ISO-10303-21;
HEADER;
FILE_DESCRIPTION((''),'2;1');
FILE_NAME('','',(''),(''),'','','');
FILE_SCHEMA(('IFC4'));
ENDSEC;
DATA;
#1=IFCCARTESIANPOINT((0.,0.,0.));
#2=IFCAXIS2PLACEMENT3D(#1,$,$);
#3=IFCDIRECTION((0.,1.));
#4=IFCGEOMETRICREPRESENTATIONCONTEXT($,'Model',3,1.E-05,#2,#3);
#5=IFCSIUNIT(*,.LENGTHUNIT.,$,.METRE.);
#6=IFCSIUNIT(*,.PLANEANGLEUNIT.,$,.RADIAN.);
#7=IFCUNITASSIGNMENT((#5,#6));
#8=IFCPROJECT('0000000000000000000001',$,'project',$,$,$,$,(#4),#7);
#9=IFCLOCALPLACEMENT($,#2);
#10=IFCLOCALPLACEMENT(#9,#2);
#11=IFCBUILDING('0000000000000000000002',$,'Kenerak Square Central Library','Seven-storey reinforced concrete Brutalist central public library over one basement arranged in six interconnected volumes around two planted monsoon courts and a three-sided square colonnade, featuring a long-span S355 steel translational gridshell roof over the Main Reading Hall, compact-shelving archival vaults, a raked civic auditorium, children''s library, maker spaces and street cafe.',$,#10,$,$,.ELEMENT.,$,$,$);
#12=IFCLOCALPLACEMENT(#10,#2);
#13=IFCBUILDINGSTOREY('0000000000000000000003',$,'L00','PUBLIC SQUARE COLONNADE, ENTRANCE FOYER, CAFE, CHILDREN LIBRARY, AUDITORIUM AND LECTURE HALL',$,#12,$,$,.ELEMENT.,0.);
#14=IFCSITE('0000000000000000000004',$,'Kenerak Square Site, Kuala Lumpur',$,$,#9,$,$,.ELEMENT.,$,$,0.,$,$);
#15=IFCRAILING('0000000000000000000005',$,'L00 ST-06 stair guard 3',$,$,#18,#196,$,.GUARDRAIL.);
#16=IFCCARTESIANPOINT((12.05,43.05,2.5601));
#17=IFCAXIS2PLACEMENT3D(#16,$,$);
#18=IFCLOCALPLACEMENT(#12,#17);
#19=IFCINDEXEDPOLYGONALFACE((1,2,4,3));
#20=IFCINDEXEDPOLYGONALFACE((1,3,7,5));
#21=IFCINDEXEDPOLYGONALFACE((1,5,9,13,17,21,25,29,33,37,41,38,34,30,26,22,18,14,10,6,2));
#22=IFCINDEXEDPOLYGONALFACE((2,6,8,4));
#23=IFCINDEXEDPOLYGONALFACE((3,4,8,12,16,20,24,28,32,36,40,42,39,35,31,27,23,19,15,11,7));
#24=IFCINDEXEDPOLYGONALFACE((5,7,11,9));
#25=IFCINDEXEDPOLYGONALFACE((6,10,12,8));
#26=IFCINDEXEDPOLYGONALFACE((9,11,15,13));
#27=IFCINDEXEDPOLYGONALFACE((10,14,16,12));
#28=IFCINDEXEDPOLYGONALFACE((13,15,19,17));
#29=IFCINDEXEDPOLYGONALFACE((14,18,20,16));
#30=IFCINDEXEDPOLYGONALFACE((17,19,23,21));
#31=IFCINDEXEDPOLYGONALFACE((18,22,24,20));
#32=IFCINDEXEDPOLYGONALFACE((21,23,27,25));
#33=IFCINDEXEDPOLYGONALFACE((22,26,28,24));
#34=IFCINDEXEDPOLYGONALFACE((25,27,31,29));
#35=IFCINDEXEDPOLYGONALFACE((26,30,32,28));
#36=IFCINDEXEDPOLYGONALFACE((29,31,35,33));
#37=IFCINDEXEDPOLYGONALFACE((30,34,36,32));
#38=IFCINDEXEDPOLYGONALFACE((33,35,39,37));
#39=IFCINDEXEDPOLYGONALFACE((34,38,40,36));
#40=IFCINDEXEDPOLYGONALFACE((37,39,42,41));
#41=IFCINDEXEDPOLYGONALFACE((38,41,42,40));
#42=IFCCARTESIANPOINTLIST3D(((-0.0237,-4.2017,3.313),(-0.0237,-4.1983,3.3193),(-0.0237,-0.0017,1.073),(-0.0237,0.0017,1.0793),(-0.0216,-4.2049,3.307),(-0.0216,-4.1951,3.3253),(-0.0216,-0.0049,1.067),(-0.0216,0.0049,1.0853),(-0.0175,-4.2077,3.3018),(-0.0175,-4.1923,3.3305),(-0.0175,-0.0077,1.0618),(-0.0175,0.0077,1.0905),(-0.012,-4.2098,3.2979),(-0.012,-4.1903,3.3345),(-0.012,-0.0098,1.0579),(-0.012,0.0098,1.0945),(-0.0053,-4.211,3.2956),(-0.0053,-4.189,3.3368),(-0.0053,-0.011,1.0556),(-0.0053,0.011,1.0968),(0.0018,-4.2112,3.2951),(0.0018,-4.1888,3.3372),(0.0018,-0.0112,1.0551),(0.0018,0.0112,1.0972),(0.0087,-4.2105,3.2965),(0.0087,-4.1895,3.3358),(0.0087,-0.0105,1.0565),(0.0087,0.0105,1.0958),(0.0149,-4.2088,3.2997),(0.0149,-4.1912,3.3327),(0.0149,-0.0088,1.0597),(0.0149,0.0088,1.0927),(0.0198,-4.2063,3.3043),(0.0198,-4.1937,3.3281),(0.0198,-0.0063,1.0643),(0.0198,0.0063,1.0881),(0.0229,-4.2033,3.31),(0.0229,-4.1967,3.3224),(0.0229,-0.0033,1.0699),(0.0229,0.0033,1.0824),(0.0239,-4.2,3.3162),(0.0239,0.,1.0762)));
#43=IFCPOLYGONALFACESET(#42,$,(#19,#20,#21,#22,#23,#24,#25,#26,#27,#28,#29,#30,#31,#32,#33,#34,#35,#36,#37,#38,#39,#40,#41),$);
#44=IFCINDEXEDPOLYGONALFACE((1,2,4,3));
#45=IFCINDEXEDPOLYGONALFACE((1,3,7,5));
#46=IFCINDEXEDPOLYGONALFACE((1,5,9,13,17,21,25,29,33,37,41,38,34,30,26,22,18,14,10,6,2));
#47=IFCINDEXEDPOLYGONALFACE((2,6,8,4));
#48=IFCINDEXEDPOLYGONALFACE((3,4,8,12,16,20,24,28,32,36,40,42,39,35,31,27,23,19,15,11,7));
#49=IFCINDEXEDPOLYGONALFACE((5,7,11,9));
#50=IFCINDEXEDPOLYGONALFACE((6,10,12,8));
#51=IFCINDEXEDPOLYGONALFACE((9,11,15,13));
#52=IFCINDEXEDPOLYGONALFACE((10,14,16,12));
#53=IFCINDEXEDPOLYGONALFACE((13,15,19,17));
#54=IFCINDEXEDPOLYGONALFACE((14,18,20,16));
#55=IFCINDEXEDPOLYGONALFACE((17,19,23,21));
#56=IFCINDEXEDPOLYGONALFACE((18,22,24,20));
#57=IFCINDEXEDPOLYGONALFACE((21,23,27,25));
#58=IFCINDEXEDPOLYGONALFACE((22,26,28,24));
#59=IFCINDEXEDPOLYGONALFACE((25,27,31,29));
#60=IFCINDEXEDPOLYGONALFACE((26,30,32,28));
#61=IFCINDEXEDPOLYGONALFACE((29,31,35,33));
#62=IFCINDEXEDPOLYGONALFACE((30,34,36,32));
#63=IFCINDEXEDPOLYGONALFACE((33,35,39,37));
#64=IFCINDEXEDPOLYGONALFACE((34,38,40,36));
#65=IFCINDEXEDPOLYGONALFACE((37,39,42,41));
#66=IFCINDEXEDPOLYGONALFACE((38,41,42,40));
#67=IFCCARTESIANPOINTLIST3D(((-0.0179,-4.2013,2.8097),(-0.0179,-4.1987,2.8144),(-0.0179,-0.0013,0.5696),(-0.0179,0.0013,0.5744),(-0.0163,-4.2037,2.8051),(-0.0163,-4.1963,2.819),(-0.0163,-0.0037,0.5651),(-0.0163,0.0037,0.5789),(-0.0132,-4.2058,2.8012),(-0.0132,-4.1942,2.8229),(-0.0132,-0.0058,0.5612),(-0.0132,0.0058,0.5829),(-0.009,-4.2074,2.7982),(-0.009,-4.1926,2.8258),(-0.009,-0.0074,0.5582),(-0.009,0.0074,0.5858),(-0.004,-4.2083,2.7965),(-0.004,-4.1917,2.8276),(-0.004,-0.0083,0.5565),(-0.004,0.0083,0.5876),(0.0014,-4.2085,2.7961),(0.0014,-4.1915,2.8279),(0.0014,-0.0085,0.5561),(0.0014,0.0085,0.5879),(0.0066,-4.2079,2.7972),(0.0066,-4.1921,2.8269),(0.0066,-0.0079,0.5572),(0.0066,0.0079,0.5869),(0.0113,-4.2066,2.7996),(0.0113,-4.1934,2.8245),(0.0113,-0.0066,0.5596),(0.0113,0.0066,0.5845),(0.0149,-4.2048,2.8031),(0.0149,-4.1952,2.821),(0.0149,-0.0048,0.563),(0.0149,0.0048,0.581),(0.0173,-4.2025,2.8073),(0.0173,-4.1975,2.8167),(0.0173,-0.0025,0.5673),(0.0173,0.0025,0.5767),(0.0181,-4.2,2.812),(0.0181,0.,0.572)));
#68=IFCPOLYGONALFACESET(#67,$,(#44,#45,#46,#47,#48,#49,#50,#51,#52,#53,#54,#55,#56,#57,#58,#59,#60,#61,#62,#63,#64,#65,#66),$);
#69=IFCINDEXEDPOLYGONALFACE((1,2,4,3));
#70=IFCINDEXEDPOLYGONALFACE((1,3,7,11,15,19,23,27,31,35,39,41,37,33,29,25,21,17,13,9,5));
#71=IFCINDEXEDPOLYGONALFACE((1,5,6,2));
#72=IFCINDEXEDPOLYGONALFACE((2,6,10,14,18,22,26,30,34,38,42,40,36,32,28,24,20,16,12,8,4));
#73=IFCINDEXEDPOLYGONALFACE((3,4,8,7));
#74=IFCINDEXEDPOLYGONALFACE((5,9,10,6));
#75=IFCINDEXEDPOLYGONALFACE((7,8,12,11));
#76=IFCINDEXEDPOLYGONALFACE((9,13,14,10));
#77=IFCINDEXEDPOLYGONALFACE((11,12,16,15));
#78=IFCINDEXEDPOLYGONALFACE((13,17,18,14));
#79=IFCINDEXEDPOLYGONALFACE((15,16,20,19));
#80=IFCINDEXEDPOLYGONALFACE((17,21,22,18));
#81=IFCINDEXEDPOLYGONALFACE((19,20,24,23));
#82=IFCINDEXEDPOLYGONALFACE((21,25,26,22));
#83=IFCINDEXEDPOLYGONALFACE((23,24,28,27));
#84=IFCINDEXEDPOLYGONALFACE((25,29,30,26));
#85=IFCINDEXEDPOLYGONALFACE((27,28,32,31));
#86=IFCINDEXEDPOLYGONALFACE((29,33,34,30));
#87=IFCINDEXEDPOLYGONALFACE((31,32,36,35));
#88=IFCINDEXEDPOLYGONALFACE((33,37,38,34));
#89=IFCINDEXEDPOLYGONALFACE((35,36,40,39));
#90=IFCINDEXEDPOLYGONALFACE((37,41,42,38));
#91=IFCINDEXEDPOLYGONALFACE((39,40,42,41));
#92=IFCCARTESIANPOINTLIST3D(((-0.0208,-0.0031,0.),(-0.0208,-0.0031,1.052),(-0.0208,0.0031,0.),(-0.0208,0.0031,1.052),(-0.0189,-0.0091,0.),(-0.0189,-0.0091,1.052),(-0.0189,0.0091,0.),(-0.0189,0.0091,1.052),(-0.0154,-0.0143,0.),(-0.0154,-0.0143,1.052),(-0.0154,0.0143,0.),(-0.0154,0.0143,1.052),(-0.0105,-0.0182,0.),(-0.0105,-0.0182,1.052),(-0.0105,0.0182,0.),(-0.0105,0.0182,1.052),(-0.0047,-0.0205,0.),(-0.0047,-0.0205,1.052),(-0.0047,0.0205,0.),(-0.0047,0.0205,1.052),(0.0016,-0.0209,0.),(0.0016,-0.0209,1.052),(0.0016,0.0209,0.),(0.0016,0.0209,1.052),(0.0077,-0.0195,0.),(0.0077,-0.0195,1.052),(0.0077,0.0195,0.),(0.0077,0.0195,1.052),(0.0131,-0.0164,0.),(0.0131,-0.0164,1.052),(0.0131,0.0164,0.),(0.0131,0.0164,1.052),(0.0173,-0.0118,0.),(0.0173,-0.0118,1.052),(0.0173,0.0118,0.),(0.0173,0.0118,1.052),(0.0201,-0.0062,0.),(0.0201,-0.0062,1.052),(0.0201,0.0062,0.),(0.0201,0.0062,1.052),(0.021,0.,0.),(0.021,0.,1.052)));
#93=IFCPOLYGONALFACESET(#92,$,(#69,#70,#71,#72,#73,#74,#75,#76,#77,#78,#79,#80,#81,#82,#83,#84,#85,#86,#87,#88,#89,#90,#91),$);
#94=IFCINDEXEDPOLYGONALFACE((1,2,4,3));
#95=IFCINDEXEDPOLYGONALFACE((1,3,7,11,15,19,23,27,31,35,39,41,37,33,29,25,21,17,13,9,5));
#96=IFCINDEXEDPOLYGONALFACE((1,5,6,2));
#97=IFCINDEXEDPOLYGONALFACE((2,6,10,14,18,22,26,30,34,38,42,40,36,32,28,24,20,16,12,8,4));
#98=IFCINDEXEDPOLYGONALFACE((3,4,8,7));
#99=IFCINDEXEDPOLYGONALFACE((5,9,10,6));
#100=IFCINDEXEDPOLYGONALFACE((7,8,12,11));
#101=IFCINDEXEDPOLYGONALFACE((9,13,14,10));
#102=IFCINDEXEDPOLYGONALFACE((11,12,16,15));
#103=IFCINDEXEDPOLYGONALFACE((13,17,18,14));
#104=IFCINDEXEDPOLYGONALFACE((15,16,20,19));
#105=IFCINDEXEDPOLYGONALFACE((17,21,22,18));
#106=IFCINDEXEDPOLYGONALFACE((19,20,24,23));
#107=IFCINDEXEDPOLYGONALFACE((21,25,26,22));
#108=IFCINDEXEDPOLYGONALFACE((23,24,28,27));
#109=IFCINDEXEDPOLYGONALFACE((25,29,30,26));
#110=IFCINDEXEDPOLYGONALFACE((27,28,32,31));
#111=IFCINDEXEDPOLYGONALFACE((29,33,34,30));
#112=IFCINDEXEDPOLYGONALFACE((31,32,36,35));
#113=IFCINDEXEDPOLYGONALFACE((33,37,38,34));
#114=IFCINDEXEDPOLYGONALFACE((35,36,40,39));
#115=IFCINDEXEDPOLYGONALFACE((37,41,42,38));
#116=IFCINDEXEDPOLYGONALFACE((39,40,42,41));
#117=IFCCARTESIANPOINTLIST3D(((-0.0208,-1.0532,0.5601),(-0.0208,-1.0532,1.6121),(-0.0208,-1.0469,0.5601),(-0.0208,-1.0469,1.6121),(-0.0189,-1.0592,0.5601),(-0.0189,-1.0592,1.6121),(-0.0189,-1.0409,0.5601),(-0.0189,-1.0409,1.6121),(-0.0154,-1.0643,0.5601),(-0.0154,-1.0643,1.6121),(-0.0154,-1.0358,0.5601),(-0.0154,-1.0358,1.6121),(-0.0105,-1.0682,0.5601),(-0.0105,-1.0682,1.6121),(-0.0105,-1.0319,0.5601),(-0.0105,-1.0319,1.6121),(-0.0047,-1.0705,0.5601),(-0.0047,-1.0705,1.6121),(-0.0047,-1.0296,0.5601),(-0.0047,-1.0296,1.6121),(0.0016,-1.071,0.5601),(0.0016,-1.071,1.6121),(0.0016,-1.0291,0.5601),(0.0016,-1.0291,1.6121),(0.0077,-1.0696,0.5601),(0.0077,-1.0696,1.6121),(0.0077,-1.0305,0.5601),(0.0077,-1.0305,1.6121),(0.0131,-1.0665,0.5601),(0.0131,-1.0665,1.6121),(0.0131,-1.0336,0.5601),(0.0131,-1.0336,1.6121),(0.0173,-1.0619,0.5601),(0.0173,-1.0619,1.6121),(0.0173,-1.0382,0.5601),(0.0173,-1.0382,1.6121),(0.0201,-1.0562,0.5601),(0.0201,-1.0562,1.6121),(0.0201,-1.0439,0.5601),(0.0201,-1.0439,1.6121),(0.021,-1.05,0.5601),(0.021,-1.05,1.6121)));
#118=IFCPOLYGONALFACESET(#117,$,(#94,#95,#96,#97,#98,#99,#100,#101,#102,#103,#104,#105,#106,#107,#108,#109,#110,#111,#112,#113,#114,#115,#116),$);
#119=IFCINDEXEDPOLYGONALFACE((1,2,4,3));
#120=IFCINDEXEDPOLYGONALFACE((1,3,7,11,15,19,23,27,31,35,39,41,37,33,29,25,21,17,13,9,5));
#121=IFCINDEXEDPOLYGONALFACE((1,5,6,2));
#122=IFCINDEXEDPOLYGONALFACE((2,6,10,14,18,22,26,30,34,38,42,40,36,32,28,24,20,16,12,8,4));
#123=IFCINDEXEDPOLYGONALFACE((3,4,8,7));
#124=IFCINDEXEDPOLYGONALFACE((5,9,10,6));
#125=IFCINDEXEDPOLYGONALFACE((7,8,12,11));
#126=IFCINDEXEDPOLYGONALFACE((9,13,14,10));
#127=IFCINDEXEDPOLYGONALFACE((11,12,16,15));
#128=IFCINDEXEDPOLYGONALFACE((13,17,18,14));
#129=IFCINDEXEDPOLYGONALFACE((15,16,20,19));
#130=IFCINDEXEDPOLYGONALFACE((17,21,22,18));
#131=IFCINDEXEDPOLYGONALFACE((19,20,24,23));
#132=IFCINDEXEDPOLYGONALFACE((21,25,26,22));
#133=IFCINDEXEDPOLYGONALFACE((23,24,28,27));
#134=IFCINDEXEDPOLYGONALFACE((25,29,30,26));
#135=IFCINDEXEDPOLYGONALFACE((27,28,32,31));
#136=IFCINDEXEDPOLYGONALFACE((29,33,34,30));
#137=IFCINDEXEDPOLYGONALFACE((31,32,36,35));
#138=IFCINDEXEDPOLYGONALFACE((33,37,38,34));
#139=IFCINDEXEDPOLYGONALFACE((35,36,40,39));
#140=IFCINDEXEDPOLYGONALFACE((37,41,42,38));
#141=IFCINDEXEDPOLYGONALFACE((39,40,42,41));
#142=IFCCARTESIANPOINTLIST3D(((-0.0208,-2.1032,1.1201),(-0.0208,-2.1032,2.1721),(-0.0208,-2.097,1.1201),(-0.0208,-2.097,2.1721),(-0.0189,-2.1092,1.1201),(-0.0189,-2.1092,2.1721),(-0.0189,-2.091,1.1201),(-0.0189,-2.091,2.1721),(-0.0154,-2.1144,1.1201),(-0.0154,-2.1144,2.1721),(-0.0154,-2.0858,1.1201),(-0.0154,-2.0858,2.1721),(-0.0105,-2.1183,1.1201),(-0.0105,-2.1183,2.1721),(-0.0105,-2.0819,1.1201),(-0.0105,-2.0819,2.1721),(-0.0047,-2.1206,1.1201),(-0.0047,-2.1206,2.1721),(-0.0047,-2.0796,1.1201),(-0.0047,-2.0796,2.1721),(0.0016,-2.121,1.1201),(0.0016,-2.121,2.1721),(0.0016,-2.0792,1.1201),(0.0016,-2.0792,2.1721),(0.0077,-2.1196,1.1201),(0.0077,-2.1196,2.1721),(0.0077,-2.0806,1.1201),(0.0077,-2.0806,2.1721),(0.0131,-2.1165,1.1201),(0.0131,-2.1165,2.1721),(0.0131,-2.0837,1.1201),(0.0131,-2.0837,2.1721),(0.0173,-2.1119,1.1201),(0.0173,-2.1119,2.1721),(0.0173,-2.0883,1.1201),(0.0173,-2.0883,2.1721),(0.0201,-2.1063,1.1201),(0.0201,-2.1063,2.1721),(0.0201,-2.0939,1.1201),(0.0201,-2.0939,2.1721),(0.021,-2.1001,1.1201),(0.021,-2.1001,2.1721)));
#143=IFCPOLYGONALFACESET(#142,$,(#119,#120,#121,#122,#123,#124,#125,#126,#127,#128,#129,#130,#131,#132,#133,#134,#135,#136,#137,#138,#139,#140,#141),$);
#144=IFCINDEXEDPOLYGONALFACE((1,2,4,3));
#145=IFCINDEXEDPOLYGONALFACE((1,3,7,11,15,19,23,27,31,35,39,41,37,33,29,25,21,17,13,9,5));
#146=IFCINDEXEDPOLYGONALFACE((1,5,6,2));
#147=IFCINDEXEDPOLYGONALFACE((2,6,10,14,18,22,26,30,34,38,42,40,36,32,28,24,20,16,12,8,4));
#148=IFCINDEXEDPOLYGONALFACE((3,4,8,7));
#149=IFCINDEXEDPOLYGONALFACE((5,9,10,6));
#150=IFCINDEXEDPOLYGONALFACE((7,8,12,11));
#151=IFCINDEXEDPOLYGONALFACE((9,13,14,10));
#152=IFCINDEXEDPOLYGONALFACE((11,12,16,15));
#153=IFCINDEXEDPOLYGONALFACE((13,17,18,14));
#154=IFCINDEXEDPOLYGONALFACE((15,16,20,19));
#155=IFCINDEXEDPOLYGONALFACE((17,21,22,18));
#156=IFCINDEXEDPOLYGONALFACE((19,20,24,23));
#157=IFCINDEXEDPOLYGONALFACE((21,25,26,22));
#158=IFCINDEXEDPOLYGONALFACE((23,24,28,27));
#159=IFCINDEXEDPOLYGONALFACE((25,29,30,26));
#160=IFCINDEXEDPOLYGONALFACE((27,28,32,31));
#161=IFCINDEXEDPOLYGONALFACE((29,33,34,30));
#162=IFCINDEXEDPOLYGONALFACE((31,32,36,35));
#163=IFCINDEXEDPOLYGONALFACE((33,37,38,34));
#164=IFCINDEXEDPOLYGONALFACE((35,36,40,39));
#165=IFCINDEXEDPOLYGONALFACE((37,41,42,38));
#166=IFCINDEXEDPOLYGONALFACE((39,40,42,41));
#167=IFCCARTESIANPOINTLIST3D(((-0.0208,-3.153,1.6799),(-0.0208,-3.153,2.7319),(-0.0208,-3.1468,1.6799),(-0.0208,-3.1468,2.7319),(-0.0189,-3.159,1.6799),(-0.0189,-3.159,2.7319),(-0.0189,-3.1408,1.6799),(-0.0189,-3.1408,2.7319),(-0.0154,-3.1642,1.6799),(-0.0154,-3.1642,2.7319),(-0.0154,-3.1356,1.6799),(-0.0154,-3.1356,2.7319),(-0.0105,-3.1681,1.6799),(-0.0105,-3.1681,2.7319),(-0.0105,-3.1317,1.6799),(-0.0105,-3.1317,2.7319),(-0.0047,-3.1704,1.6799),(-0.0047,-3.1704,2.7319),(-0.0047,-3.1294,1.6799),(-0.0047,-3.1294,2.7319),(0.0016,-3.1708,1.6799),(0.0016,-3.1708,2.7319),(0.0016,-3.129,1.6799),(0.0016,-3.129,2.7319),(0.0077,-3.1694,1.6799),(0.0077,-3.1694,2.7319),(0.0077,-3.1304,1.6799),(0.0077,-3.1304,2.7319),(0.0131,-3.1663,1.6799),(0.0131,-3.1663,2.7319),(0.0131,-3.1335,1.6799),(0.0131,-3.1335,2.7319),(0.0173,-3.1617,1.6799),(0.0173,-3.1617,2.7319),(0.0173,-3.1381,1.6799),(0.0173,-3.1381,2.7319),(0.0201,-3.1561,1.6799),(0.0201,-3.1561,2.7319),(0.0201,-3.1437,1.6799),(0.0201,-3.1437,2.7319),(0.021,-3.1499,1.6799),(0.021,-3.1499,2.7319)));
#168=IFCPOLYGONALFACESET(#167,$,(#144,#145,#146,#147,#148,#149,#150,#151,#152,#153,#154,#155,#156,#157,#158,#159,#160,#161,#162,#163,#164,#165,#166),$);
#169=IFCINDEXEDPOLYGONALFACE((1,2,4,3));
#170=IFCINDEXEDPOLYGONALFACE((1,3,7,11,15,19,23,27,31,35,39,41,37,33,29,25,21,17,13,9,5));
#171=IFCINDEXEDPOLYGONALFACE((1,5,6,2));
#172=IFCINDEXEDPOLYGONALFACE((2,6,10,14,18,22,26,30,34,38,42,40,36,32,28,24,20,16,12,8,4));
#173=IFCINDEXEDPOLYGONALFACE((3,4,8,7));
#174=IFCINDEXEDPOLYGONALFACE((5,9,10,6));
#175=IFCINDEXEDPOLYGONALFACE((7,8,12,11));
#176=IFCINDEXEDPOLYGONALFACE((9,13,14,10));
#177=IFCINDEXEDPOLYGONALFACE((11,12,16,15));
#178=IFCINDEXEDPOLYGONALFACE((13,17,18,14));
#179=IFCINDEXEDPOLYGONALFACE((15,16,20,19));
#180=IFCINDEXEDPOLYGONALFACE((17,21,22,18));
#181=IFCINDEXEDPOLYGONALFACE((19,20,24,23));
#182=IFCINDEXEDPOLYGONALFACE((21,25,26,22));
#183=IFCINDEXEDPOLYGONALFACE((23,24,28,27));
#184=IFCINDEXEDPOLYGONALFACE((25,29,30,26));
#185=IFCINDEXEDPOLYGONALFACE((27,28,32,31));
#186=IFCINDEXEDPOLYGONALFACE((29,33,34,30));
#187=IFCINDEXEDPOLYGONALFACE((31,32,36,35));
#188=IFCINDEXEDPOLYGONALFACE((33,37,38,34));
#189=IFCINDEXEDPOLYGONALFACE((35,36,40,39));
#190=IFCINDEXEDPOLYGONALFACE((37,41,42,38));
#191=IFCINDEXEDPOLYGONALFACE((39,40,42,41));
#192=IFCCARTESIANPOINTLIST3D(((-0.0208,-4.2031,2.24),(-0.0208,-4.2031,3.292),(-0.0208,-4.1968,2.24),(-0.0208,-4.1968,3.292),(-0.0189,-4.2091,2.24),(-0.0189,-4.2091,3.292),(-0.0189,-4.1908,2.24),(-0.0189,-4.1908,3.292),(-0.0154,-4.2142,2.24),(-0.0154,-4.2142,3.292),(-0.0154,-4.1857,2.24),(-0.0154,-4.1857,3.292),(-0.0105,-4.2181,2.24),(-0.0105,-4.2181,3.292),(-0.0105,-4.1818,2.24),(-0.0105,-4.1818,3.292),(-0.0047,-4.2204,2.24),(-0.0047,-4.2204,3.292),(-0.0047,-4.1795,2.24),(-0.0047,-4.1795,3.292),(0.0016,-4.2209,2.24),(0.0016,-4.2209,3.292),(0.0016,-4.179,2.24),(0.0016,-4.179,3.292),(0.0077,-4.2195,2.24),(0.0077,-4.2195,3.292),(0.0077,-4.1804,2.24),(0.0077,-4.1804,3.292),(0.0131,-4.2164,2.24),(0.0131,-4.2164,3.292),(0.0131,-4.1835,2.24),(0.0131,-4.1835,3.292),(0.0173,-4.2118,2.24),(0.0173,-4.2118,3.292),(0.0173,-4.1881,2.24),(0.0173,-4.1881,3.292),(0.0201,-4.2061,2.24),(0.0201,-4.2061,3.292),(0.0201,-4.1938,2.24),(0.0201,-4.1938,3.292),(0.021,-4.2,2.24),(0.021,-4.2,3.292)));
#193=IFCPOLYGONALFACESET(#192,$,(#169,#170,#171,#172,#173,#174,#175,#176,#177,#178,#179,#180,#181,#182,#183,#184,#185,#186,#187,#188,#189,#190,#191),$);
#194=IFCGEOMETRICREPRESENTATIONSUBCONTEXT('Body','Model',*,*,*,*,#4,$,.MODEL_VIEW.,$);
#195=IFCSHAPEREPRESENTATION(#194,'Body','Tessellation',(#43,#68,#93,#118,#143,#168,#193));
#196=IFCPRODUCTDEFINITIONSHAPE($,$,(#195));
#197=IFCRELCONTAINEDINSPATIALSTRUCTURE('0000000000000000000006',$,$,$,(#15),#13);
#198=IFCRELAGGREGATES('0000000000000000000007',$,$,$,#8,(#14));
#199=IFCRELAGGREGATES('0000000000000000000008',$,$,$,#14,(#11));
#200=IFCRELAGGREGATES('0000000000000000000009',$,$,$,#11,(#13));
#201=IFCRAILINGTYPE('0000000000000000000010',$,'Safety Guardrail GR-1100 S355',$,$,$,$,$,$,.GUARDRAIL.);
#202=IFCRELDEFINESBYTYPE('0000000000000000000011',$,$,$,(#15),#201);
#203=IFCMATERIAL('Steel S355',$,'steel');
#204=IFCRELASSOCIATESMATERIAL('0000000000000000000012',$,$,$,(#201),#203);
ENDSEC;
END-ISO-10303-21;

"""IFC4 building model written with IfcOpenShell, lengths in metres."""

from ifc_helpers import new_model, si_unit, direction, frame, origin, origin_2d, place, context, subcontext, project, spatial, circle, extrude, material, type_object, element, save


model = new_model("IFC4")

# Units and contexts
model_context = context("Model", 3, precision=1e-05, world=origin(), true_north=direction((0.0, 1.0)))
body_context = subcontext(model_context, "Body", "Model", "MODEL_VIEW")
ifc_project = project(units=[si_unit("LENGTHUNIT", "METRE"), si_unit("PLANEANGLEUNIT", "RADIAN")], contexts=[model_context])

# Site, building, storey
site_placement = place(None, origin())
site = spatial("IfcSite", under=ifc_project, at=site_placement, Name="Kenerak Square Site, Kuala Lumpur", CompositionType="ELEMENT", RefElevation=0.0)
building_placement = place(site_placement, origin())
building = spatial("IfcBuilding", under=site, at=building_placement, Name="Kenerak Square Central Library", Description="Seven-storey reinforced concrete Brutalist central public library over one basement arranged in six interconnected volumes around two planted monsoon courts and a three-sided square colonnade, featuring a long-span S355 steel translational gridshell roof over the Main Reading Hall, compact-shelving archival vaults, a raked civic auditorium, children's library, maker spaces and street cafe.", CompositionType="ELEMENT")
storey_placement = place(building_placement, origin())
storey = spatial("IfcBuildingStorey", under=building, at=storey_placement, Name="L00", Description="PUBLIC SQUARE COLONNADE, ENTRANCE FOYER, CAFE, CHILDREN LIBRARY, AUDITORIUM AND LECTURE HALL", CompositionType="ELEMENT", Elevation=0.0)

# Shared definitions
ifc_material_1 = material(Name="Steel S355", Category="steel")

# Railing
railing_type_1 = type_object("IfcRailingType", Name="Safety Guardrail GR-1100 S355", PredefinedType="GUARDRAIL", material=ifc_material_1)
railing_1_placement = place(storey_placement, frame((12.05, 43.05, 2.5601)))
element("IfcRailing", 1, at=railing_1_placement, inside=storey, type_object=railing_type_1, Name="L00 ST-06 stair guard 3", PredefinedType="GUARDRAIL", context=body_context, shape_type="SweptSolid", body=[
    extrude(circle(Radius=0.0239, at=origin_2d()), frame((0.0, 0.0, 1.0762), z_axis=(0.0, -0.882352, 0.470591), x_axis=(1.0, 0.0, 0.0)), (0.0, 0.0, 1.0), 4.76),
    extrude(circle(Radius=0.0181, at=origin_2d()), frame((0.0, 0.0, 0.572), z_axis=(0.0, -0.882352, 0.470591), x_axis=(1.0, 0.0, 0.0)), (0.0, 0.0, 1.0), 4.76),
    extrude(circle(Radius=0.021, at=origin_2d()), origin(), (0.0, 0.0, 1.0), 1.052),
    extrude(circle(Radius=0.021, at=origin_2d()), frame((0.0, -1.05, 0.5601)), (0.0, 0.0, 1.0), 1.052),
    extrude(circle(Radius=0.021, at=origin_2d()), frame((0.0, -2.1001, 1.1201)), (0.0, 0.0, 1.0), 1.052),
    extrude(circle(Radius=0.021, at=origin_2d()), frame((0.0, -3.1499, 1.6799)), (0.0, 0.0, 1.0), 1.052),
    extrude(circle(Radius=0.021, at=origin_2d()), frame((0.0, -4.2, 2.24)), (0.0, 0.0, 1.0), 1.052),
])

save(model, "model.ifc")
